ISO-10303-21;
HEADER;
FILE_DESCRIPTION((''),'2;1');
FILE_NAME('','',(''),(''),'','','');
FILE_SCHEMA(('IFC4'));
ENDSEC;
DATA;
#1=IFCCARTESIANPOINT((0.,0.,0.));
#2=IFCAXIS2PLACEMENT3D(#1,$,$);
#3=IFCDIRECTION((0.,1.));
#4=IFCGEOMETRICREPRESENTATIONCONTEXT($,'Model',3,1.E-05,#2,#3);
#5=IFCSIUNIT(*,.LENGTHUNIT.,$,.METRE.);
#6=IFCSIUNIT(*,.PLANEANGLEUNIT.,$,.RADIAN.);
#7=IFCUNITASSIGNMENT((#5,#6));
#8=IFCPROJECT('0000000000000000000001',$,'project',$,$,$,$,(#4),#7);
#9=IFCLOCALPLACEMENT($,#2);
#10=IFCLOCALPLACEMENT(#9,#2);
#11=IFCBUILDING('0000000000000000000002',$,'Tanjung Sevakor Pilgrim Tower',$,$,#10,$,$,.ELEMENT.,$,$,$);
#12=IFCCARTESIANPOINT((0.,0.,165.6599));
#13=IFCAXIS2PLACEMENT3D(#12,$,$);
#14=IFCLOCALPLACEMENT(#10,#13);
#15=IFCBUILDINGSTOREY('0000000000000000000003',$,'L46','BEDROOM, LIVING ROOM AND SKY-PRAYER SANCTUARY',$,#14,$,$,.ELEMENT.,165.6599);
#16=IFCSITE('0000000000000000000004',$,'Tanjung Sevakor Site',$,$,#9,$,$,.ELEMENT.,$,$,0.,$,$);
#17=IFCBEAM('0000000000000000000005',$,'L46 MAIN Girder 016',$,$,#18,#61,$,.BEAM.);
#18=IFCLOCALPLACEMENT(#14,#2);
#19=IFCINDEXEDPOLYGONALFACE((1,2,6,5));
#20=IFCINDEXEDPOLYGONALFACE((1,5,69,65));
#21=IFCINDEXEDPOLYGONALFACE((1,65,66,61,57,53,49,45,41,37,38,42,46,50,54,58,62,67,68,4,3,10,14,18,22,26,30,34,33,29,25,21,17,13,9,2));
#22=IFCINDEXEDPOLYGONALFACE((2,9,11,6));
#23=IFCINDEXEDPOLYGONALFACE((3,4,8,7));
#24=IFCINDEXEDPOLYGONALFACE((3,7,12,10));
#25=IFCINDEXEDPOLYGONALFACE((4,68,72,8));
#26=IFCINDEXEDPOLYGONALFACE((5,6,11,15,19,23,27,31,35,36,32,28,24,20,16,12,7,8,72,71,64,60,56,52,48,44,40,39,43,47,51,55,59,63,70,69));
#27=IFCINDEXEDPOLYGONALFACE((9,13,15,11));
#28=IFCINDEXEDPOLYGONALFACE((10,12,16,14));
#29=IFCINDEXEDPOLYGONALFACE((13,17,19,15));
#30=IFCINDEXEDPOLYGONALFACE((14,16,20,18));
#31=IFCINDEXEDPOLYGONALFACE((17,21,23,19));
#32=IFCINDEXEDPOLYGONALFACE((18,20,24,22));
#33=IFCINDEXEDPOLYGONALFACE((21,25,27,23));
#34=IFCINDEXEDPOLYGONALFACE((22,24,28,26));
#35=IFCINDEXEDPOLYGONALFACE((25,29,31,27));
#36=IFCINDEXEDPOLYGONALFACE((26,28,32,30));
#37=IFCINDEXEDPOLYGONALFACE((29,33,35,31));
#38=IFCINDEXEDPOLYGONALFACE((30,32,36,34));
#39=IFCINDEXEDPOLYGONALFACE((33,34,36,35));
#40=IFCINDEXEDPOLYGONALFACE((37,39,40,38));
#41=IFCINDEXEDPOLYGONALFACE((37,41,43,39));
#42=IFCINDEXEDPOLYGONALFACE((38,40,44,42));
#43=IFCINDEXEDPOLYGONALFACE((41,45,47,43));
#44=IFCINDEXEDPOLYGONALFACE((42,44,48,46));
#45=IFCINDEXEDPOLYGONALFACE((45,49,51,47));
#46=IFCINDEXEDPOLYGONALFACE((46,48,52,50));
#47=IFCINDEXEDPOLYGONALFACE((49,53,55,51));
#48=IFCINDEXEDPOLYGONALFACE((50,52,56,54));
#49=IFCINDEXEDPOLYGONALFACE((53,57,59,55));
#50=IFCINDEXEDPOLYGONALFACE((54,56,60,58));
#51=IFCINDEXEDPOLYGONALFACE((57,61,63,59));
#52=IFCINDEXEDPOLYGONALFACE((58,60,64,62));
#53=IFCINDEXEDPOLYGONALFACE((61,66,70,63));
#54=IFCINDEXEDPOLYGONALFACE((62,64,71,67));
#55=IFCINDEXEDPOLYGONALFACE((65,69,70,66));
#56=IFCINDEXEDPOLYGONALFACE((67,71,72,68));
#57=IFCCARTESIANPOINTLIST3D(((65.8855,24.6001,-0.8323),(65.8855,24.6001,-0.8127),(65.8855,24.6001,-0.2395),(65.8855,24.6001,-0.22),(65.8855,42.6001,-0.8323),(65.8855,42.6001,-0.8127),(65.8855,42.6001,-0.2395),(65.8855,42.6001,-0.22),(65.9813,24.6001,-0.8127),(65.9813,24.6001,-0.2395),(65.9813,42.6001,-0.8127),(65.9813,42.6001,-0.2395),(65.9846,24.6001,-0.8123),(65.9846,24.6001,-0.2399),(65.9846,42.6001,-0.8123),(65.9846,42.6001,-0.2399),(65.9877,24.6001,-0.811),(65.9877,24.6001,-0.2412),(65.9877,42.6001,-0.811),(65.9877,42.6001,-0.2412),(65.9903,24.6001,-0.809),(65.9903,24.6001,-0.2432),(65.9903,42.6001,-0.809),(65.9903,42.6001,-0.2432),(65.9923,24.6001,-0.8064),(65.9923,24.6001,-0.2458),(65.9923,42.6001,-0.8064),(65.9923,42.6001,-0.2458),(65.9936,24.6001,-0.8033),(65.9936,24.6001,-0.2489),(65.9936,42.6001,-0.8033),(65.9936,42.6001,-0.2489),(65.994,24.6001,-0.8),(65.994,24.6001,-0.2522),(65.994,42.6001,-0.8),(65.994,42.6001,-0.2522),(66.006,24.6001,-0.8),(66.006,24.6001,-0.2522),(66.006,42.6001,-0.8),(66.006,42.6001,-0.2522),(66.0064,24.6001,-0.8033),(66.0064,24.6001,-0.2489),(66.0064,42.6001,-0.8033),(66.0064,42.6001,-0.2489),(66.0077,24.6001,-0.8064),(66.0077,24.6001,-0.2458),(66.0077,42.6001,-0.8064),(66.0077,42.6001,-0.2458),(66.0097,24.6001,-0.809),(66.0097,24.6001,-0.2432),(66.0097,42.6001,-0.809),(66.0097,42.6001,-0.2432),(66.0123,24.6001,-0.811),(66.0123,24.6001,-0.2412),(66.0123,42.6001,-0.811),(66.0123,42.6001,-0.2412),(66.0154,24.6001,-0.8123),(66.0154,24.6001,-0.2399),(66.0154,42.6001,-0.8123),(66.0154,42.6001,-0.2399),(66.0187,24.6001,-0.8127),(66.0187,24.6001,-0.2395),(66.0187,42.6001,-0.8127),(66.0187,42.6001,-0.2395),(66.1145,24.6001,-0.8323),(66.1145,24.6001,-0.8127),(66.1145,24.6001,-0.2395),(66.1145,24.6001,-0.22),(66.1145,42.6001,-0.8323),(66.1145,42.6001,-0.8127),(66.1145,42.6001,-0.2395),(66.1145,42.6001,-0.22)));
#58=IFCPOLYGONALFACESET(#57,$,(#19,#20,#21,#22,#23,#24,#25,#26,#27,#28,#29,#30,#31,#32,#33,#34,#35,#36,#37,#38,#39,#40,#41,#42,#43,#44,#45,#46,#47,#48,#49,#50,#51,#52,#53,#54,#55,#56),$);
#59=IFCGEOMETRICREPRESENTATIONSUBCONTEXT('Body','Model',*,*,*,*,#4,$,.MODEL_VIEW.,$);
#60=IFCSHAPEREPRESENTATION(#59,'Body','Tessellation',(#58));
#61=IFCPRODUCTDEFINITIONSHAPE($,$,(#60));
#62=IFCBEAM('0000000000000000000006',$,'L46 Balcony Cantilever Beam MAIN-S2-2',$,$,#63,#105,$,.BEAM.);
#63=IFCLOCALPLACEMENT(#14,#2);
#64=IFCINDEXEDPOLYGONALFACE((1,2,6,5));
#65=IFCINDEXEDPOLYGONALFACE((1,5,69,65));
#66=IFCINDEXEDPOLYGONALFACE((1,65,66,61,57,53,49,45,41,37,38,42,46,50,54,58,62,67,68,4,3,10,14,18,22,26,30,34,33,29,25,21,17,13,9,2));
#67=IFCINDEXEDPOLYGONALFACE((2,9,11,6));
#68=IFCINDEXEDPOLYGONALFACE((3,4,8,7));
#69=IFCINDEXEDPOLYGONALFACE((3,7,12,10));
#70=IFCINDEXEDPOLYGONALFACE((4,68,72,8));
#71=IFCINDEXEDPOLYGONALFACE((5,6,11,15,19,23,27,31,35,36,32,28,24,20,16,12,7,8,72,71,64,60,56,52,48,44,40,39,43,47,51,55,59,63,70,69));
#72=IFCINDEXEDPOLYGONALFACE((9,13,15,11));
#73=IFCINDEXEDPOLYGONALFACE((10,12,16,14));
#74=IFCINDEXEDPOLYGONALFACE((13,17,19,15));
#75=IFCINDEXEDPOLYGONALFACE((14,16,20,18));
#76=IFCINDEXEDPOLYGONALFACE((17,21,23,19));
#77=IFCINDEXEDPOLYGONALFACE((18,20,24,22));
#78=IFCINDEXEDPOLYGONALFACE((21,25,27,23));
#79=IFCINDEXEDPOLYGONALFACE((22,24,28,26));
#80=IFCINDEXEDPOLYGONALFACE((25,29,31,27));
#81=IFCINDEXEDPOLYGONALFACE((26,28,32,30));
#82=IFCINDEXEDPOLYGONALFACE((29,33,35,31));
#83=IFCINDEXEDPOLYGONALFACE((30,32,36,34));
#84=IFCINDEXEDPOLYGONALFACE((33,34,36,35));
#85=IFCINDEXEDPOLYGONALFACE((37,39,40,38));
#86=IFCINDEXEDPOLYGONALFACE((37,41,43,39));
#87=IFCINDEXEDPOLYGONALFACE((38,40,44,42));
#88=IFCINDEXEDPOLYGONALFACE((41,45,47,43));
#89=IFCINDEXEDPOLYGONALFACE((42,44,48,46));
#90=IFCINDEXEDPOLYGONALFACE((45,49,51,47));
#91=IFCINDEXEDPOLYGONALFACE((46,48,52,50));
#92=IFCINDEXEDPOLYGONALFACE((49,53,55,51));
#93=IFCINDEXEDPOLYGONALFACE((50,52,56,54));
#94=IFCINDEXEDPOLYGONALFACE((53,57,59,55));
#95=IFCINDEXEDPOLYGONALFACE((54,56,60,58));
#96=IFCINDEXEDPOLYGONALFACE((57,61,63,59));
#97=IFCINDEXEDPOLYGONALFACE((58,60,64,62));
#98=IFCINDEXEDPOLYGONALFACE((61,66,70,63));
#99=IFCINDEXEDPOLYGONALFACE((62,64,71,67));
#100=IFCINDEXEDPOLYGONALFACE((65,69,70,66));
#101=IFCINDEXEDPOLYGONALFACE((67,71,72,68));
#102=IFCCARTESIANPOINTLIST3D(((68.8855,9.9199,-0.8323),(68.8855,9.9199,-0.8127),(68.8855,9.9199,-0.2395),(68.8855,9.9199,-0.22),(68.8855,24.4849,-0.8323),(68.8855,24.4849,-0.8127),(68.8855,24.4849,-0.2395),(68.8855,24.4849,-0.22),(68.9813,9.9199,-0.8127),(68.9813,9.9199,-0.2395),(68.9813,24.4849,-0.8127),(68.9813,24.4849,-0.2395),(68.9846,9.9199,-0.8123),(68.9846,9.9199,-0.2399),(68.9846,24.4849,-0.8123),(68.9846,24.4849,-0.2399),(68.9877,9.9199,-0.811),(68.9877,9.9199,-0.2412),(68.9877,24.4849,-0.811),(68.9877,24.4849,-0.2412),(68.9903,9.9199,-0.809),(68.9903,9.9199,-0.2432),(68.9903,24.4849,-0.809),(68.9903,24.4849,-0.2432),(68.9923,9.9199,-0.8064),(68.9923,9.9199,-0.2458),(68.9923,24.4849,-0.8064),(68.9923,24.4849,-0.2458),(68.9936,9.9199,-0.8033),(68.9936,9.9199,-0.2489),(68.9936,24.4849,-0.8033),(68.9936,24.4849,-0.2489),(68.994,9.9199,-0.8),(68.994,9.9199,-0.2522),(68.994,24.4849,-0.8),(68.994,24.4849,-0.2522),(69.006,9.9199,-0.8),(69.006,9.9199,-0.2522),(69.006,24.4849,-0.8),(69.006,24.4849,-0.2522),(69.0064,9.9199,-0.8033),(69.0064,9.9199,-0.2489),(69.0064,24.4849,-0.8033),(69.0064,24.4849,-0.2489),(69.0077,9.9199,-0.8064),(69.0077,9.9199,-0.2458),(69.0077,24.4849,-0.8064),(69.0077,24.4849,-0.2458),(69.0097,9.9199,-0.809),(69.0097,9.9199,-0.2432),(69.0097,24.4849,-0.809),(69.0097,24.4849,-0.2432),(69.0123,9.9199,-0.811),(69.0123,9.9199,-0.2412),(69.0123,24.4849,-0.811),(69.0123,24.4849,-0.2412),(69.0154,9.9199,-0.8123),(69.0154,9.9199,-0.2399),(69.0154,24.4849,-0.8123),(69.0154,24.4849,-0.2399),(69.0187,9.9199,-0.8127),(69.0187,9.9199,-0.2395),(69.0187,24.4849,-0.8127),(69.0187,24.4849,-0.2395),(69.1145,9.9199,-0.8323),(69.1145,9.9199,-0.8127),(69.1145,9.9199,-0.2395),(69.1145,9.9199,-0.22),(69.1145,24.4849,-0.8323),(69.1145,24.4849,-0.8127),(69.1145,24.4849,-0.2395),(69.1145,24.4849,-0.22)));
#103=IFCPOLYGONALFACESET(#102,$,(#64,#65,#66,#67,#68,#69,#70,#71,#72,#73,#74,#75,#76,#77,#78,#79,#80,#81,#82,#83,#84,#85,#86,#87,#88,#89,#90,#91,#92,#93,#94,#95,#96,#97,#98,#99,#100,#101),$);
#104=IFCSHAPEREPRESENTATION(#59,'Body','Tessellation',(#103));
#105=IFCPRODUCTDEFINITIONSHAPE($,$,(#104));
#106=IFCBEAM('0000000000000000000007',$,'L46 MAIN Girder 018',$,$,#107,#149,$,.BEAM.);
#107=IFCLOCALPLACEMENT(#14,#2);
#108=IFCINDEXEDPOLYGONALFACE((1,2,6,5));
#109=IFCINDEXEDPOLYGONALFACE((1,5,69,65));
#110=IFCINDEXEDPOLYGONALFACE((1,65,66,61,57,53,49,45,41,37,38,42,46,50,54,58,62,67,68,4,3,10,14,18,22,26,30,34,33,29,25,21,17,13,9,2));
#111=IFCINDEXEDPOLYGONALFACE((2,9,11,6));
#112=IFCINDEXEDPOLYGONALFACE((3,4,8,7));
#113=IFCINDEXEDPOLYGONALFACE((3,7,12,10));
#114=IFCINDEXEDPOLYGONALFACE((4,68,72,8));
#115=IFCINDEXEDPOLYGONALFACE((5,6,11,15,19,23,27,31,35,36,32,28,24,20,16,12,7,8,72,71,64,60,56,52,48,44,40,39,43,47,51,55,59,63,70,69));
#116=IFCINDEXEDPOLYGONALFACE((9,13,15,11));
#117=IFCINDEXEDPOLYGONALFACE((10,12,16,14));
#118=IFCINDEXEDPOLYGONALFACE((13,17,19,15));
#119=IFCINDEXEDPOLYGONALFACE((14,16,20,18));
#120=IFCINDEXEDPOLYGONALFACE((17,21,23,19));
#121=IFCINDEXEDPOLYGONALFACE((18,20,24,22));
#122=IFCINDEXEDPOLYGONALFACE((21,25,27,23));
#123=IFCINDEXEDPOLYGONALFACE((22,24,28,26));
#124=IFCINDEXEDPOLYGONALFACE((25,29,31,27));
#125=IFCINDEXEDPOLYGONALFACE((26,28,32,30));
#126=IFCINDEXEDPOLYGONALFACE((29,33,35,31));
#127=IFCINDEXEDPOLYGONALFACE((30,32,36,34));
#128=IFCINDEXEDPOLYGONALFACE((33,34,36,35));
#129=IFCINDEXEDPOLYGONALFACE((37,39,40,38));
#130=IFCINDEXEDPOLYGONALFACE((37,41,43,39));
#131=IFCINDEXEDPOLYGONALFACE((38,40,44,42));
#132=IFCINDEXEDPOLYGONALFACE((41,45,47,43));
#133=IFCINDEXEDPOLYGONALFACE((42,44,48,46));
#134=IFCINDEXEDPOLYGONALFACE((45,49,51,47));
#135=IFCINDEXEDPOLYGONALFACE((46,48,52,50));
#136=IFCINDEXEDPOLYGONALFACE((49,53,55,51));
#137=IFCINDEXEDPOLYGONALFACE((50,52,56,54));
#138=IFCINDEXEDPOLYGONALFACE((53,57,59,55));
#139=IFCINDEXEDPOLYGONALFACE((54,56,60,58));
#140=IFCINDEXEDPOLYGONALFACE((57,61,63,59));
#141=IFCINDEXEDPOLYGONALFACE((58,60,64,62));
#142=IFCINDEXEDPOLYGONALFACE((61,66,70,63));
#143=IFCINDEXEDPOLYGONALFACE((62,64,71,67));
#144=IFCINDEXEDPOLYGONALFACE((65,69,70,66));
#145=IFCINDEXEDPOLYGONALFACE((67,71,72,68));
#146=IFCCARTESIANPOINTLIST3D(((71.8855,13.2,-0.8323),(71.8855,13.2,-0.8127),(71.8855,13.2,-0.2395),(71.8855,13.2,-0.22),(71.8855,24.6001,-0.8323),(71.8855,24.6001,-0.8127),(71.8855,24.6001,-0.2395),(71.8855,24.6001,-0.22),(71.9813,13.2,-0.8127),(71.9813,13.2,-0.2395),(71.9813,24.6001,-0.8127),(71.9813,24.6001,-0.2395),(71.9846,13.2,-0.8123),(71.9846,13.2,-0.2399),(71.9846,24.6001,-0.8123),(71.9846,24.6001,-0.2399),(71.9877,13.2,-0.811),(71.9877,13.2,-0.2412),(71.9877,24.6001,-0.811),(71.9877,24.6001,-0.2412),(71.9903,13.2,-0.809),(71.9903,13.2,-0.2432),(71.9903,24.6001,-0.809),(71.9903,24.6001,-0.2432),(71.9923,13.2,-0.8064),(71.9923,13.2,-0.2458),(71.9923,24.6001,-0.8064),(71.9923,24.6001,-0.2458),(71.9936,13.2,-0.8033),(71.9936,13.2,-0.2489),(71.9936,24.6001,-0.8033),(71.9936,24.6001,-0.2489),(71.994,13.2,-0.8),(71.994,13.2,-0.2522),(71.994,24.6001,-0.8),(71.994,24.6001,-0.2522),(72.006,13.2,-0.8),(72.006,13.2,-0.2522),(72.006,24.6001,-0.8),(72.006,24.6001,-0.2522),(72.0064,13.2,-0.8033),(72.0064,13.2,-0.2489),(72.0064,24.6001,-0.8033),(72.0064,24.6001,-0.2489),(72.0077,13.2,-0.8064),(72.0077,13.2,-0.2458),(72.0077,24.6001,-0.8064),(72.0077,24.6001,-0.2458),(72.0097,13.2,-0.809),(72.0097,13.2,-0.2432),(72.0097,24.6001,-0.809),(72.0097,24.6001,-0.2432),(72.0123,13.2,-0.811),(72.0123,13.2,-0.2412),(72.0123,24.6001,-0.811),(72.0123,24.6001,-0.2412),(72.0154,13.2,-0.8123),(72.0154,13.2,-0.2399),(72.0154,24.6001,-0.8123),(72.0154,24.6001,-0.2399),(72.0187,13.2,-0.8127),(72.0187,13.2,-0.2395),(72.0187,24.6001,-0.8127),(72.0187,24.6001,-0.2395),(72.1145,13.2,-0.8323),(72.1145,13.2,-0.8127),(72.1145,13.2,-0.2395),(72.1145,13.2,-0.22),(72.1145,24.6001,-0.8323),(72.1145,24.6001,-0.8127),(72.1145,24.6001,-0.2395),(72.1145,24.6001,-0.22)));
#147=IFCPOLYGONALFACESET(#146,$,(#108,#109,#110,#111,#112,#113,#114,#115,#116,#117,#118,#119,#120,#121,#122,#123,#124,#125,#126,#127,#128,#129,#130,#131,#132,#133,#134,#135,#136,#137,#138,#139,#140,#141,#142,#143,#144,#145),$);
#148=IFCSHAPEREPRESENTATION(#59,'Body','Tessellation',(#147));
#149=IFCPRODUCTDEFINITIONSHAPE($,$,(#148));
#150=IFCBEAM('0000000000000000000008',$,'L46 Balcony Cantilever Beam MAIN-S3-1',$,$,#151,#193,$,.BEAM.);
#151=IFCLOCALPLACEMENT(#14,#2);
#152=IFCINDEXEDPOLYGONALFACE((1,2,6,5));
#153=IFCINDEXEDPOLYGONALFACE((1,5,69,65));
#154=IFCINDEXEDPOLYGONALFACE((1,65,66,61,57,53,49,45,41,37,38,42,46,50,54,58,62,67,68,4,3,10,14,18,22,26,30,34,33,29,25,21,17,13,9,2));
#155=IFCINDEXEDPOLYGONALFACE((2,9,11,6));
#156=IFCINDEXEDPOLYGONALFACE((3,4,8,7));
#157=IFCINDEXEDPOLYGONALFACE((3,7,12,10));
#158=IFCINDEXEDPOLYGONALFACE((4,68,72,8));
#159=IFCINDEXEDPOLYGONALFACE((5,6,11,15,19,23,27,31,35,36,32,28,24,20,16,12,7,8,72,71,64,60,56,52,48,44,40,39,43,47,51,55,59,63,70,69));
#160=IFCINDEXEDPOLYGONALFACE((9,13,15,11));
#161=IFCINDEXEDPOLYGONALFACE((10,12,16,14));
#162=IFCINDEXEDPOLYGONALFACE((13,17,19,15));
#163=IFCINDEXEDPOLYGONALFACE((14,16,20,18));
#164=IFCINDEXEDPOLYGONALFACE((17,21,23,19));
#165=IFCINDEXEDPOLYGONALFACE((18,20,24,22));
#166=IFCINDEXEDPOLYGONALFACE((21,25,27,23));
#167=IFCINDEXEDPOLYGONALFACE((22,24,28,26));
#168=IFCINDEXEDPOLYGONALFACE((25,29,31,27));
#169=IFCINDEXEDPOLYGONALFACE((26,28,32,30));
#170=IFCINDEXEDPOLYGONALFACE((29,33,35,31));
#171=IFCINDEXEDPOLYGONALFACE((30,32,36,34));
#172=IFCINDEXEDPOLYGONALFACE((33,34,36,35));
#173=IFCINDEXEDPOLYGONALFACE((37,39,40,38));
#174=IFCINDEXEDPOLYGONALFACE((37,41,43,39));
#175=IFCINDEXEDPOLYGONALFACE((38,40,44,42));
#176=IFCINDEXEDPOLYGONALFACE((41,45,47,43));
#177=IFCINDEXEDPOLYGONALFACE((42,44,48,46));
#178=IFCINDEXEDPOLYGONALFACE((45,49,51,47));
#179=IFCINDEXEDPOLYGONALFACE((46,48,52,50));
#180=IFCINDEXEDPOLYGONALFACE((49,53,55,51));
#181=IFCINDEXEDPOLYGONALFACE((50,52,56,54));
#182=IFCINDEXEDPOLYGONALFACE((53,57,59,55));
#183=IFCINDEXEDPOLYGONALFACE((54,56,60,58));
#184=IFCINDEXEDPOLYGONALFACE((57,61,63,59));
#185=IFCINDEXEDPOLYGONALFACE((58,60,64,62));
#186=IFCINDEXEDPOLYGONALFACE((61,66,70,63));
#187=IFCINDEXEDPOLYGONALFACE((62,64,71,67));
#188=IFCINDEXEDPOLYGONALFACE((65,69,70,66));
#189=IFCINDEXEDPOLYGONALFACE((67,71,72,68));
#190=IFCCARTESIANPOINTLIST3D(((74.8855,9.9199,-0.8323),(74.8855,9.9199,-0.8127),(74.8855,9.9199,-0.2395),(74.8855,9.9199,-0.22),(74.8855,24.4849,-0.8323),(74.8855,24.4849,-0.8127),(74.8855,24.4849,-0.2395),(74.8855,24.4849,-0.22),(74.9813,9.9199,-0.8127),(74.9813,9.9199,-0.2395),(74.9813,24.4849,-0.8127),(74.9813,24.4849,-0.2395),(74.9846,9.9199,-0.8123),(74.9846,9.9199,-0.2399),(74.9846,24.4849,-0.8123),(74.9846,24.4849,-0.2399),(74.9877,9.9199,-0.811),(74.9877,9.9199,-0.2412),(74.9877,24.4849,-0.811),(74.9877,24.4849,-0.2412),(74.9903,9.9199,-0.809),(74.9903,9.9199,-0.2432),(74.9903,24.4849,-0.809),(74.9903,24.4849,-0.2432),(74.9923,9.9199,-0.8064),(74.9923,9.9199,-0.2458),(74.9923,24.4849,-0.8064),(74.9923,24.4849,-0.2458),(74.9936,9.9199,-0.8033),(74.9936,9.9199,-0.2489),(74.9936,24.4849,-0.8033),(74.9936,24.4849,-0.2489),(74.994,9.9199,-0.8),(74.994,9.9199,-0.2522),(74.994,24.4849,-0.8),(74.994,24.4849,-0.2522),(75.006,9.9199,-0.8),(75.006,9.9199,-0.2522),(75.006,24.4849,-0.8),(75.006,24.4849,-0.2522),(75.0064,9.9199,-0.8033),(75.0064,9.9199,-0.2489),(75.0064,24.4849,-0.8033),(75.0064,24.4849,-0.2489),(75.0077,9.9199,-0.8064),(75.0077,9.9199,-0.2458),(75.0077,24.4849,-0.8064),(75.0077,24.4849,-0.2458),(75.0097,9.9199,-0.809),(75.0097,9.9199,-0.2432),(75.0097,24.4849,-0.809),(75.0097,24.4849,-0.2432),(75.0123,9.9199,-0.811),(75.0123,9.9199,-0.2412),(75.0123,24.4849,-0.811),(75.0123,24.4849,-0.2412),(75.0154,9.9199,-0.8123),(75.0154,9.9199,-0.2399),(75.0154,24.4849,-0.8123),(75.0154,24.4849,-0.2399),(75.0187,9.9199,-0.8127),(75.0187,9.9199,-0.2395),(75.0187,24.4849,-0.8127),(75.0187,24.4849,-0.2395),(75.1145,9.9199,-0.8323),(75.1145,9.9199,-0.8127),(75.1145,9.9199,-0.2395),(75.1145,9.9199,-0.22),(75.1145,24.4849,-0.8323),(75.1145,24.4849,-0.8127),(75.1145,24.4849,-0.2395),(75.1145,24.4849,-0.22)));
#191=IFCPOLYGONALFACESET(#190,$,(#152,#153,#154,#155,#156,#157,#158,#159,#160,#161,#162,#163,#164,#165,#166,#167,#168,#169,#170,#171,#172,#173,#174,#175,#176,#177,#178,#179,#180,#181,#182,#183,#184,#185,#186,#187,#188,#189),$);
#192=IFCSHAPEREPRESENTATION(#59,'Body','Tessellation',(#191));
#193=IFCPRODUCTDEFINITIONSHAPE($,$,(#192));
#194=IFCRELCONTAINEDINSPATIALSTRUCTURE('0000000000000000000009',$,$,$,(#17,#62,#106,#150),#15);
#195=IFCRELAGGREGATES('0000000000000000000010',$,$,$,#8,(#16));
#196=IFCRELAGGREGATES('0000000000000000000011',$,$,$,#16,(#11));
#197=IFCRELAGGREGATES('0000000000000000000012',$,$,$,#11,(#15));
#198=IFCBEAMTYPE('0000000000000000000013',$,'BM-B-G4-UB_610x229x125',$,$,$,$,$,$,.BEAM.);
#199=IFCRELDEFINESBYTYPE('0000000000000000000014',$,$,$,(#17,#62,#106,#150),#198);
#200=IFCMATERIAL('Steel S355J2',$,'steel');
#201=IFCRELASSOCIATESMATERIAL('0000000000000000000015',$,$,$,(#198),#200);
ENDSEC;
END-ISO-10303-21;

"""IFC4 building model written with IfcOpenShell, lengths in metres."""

from ifc_helpers import new_model, si_unit, direction, frame, origin, origin_2d, place, context, subcontext, project, spatial, i_section, extrude, material, material_profile, profile_set, type_object, element, save


model = new_model("IFC4")

# Units and contexts
model_context = context("Model", 3, precision=1e-05, world=origin(), true_north=direction((0.0, 1.0)))
body_context = subcontext(model_context, "Body", "Model", "MODEL_VIEW")
ifc_project = project(units=[si_unit("LENGTHUNIT", "METRE"), si_unit("PLANEANGLEUNIT", "RADIAN")], contexts=[model_context])

# Site, building, storey
site_placement = place(None, origin())
site = spatial("IfcSite", under=ifc_project, at=site_placement, Name="Tanjung Sevakor Site", CompositionType="ELEMENT", RefElevation=0.0)
building_placement = place(site_placement, origin())
building = spatial("IfcBuilding", under=site, at=building_placement, Name="Tanjung Sevakor Pilgrim Tower", CompositionType="ELEMENT")
storey_placement = place(building_placement, frame((0.0, 0.0, 165.6599)))
storey = spatial("IfcBuildingStorey", under=building, at=storey_placement, Name="L46", Description="BEDROOM, LIVING ROOM AND SKY-PRAYER SANCTUARY", CompositionType="ELEMENT", Elevation=165.6599)

# Beams
ifc_material_1 = material(Name="Steel S355J2", Category="steel")
ifc_material_profile_1 = material_profile(ifc_material_1, i_section(OverallWidth=0.229, OverallDepth=0.6123, WebThickness=0.012, FlangeThickness=0.0195, FilletRadius=0.0127, at=origin_2d()))
ifc_profile_set_1 = profile_set([ifc_material_profile_1], Name="Steel S355J2")
beam_type_1 = type_object("IfcBeamType", Name="BM-B-G4-UB_610x229x125", PredefinedType="BEAM", material=ifc_profile_set_1)
beam_1_placement = place(storey_placement, frame((66.0, 24.6001, -0.5261), z_axis=(0.0, 1.0, 0.0), x_axis=(-1.0, 0.0, 0.0)))
element("IfcBeam", 1, at=beam_1_placement, inside=storey, type_object=beam_type_1, Name="L46 MAIN Girder 016", PredefinedType="BEAM", context=body_context, shape_type="SweptSolid", body=[
    extrude(i_section(OverallWidth=0.229, OverallDepth=0.6123, WebThickness=0.012, FlangeThickness=0.0195, FilletRadius=0.0127, at=origin_2d()), origin(), (0.0, 0.0, 1.0), 18.0),
])
beam_2_placement = place(storey_placement, frame((69.0, 24.4849, -0.5261), z_axis=(0.0, -1.0, 0.0), x_axis=(1.0, 0.0, 0.0)))
element("IfcBeam", 2, at=beam_2_placement, inside=storey, type_object=beam_type_1, Name="L46 Balcony Cantilever Beam MAIN-S2-2", PredefinedType="BEAM", context=body_context, shape_type="SweptSolid", body=[
    extrude(i_section(OverallWidth=0.229, OverallDepth=0.6123, WebThickness=0.012, FlangeThickness=0.0195, FilletRadius=0.0127, at=origin_2d()), origin(), (0.0, 0.0, 1.0), 14.5649),
])
beam_3_placement = place(storey_placement, frame((72.0, 13.2, -0.5261), z_axis=(0.0, 1.0, 0.0), x_axis=(-1.0, 0.0, 0.0)))
element("IfcBeam", 3, at=beam_3_placement, inside=storey, type_object=beam_type_1, Name="L46 MAIN Girder 018", PredefinedType="BEAM", context=body_context, shape_type="SweptSolid", body=[
    extrude(i_section(OverallWidth=0.229, OverallDepth=0.6123, WebThickness=0.012, FlangeThickness=0.0195, FilletRadius=0.0127, at=origin_2d()), origin(), (0.0, 0.0, 1.0), 11.4001),
])
beam_4_placement = place(storey_placement, frame((75.0, 24.4849, -0.5261), z_axis=(0.0, -1.0, 0.0), x_axis=(1.0, 0.0, 0.0)))
element("IfcBeam", 4, at=beam_4_placement, inside=storey, type_object=beam_type_1, Name="L46 Balcony Cantilever Beam MAIN-S3-1", PredefinedType="BEAM", context=body_context, shape_type="SweptSolid", body=[
    extrude(i_section(OverallWidth=0.229, OverallDepth=0.6123, WebThickness=0.012, FlangeThickness=0.0195, FilletRadius=0.0127, at=origin_2d()), origin(), (0.0, 0.0, 1.0), 14.5649),
])

save(model, "model.ifc")
